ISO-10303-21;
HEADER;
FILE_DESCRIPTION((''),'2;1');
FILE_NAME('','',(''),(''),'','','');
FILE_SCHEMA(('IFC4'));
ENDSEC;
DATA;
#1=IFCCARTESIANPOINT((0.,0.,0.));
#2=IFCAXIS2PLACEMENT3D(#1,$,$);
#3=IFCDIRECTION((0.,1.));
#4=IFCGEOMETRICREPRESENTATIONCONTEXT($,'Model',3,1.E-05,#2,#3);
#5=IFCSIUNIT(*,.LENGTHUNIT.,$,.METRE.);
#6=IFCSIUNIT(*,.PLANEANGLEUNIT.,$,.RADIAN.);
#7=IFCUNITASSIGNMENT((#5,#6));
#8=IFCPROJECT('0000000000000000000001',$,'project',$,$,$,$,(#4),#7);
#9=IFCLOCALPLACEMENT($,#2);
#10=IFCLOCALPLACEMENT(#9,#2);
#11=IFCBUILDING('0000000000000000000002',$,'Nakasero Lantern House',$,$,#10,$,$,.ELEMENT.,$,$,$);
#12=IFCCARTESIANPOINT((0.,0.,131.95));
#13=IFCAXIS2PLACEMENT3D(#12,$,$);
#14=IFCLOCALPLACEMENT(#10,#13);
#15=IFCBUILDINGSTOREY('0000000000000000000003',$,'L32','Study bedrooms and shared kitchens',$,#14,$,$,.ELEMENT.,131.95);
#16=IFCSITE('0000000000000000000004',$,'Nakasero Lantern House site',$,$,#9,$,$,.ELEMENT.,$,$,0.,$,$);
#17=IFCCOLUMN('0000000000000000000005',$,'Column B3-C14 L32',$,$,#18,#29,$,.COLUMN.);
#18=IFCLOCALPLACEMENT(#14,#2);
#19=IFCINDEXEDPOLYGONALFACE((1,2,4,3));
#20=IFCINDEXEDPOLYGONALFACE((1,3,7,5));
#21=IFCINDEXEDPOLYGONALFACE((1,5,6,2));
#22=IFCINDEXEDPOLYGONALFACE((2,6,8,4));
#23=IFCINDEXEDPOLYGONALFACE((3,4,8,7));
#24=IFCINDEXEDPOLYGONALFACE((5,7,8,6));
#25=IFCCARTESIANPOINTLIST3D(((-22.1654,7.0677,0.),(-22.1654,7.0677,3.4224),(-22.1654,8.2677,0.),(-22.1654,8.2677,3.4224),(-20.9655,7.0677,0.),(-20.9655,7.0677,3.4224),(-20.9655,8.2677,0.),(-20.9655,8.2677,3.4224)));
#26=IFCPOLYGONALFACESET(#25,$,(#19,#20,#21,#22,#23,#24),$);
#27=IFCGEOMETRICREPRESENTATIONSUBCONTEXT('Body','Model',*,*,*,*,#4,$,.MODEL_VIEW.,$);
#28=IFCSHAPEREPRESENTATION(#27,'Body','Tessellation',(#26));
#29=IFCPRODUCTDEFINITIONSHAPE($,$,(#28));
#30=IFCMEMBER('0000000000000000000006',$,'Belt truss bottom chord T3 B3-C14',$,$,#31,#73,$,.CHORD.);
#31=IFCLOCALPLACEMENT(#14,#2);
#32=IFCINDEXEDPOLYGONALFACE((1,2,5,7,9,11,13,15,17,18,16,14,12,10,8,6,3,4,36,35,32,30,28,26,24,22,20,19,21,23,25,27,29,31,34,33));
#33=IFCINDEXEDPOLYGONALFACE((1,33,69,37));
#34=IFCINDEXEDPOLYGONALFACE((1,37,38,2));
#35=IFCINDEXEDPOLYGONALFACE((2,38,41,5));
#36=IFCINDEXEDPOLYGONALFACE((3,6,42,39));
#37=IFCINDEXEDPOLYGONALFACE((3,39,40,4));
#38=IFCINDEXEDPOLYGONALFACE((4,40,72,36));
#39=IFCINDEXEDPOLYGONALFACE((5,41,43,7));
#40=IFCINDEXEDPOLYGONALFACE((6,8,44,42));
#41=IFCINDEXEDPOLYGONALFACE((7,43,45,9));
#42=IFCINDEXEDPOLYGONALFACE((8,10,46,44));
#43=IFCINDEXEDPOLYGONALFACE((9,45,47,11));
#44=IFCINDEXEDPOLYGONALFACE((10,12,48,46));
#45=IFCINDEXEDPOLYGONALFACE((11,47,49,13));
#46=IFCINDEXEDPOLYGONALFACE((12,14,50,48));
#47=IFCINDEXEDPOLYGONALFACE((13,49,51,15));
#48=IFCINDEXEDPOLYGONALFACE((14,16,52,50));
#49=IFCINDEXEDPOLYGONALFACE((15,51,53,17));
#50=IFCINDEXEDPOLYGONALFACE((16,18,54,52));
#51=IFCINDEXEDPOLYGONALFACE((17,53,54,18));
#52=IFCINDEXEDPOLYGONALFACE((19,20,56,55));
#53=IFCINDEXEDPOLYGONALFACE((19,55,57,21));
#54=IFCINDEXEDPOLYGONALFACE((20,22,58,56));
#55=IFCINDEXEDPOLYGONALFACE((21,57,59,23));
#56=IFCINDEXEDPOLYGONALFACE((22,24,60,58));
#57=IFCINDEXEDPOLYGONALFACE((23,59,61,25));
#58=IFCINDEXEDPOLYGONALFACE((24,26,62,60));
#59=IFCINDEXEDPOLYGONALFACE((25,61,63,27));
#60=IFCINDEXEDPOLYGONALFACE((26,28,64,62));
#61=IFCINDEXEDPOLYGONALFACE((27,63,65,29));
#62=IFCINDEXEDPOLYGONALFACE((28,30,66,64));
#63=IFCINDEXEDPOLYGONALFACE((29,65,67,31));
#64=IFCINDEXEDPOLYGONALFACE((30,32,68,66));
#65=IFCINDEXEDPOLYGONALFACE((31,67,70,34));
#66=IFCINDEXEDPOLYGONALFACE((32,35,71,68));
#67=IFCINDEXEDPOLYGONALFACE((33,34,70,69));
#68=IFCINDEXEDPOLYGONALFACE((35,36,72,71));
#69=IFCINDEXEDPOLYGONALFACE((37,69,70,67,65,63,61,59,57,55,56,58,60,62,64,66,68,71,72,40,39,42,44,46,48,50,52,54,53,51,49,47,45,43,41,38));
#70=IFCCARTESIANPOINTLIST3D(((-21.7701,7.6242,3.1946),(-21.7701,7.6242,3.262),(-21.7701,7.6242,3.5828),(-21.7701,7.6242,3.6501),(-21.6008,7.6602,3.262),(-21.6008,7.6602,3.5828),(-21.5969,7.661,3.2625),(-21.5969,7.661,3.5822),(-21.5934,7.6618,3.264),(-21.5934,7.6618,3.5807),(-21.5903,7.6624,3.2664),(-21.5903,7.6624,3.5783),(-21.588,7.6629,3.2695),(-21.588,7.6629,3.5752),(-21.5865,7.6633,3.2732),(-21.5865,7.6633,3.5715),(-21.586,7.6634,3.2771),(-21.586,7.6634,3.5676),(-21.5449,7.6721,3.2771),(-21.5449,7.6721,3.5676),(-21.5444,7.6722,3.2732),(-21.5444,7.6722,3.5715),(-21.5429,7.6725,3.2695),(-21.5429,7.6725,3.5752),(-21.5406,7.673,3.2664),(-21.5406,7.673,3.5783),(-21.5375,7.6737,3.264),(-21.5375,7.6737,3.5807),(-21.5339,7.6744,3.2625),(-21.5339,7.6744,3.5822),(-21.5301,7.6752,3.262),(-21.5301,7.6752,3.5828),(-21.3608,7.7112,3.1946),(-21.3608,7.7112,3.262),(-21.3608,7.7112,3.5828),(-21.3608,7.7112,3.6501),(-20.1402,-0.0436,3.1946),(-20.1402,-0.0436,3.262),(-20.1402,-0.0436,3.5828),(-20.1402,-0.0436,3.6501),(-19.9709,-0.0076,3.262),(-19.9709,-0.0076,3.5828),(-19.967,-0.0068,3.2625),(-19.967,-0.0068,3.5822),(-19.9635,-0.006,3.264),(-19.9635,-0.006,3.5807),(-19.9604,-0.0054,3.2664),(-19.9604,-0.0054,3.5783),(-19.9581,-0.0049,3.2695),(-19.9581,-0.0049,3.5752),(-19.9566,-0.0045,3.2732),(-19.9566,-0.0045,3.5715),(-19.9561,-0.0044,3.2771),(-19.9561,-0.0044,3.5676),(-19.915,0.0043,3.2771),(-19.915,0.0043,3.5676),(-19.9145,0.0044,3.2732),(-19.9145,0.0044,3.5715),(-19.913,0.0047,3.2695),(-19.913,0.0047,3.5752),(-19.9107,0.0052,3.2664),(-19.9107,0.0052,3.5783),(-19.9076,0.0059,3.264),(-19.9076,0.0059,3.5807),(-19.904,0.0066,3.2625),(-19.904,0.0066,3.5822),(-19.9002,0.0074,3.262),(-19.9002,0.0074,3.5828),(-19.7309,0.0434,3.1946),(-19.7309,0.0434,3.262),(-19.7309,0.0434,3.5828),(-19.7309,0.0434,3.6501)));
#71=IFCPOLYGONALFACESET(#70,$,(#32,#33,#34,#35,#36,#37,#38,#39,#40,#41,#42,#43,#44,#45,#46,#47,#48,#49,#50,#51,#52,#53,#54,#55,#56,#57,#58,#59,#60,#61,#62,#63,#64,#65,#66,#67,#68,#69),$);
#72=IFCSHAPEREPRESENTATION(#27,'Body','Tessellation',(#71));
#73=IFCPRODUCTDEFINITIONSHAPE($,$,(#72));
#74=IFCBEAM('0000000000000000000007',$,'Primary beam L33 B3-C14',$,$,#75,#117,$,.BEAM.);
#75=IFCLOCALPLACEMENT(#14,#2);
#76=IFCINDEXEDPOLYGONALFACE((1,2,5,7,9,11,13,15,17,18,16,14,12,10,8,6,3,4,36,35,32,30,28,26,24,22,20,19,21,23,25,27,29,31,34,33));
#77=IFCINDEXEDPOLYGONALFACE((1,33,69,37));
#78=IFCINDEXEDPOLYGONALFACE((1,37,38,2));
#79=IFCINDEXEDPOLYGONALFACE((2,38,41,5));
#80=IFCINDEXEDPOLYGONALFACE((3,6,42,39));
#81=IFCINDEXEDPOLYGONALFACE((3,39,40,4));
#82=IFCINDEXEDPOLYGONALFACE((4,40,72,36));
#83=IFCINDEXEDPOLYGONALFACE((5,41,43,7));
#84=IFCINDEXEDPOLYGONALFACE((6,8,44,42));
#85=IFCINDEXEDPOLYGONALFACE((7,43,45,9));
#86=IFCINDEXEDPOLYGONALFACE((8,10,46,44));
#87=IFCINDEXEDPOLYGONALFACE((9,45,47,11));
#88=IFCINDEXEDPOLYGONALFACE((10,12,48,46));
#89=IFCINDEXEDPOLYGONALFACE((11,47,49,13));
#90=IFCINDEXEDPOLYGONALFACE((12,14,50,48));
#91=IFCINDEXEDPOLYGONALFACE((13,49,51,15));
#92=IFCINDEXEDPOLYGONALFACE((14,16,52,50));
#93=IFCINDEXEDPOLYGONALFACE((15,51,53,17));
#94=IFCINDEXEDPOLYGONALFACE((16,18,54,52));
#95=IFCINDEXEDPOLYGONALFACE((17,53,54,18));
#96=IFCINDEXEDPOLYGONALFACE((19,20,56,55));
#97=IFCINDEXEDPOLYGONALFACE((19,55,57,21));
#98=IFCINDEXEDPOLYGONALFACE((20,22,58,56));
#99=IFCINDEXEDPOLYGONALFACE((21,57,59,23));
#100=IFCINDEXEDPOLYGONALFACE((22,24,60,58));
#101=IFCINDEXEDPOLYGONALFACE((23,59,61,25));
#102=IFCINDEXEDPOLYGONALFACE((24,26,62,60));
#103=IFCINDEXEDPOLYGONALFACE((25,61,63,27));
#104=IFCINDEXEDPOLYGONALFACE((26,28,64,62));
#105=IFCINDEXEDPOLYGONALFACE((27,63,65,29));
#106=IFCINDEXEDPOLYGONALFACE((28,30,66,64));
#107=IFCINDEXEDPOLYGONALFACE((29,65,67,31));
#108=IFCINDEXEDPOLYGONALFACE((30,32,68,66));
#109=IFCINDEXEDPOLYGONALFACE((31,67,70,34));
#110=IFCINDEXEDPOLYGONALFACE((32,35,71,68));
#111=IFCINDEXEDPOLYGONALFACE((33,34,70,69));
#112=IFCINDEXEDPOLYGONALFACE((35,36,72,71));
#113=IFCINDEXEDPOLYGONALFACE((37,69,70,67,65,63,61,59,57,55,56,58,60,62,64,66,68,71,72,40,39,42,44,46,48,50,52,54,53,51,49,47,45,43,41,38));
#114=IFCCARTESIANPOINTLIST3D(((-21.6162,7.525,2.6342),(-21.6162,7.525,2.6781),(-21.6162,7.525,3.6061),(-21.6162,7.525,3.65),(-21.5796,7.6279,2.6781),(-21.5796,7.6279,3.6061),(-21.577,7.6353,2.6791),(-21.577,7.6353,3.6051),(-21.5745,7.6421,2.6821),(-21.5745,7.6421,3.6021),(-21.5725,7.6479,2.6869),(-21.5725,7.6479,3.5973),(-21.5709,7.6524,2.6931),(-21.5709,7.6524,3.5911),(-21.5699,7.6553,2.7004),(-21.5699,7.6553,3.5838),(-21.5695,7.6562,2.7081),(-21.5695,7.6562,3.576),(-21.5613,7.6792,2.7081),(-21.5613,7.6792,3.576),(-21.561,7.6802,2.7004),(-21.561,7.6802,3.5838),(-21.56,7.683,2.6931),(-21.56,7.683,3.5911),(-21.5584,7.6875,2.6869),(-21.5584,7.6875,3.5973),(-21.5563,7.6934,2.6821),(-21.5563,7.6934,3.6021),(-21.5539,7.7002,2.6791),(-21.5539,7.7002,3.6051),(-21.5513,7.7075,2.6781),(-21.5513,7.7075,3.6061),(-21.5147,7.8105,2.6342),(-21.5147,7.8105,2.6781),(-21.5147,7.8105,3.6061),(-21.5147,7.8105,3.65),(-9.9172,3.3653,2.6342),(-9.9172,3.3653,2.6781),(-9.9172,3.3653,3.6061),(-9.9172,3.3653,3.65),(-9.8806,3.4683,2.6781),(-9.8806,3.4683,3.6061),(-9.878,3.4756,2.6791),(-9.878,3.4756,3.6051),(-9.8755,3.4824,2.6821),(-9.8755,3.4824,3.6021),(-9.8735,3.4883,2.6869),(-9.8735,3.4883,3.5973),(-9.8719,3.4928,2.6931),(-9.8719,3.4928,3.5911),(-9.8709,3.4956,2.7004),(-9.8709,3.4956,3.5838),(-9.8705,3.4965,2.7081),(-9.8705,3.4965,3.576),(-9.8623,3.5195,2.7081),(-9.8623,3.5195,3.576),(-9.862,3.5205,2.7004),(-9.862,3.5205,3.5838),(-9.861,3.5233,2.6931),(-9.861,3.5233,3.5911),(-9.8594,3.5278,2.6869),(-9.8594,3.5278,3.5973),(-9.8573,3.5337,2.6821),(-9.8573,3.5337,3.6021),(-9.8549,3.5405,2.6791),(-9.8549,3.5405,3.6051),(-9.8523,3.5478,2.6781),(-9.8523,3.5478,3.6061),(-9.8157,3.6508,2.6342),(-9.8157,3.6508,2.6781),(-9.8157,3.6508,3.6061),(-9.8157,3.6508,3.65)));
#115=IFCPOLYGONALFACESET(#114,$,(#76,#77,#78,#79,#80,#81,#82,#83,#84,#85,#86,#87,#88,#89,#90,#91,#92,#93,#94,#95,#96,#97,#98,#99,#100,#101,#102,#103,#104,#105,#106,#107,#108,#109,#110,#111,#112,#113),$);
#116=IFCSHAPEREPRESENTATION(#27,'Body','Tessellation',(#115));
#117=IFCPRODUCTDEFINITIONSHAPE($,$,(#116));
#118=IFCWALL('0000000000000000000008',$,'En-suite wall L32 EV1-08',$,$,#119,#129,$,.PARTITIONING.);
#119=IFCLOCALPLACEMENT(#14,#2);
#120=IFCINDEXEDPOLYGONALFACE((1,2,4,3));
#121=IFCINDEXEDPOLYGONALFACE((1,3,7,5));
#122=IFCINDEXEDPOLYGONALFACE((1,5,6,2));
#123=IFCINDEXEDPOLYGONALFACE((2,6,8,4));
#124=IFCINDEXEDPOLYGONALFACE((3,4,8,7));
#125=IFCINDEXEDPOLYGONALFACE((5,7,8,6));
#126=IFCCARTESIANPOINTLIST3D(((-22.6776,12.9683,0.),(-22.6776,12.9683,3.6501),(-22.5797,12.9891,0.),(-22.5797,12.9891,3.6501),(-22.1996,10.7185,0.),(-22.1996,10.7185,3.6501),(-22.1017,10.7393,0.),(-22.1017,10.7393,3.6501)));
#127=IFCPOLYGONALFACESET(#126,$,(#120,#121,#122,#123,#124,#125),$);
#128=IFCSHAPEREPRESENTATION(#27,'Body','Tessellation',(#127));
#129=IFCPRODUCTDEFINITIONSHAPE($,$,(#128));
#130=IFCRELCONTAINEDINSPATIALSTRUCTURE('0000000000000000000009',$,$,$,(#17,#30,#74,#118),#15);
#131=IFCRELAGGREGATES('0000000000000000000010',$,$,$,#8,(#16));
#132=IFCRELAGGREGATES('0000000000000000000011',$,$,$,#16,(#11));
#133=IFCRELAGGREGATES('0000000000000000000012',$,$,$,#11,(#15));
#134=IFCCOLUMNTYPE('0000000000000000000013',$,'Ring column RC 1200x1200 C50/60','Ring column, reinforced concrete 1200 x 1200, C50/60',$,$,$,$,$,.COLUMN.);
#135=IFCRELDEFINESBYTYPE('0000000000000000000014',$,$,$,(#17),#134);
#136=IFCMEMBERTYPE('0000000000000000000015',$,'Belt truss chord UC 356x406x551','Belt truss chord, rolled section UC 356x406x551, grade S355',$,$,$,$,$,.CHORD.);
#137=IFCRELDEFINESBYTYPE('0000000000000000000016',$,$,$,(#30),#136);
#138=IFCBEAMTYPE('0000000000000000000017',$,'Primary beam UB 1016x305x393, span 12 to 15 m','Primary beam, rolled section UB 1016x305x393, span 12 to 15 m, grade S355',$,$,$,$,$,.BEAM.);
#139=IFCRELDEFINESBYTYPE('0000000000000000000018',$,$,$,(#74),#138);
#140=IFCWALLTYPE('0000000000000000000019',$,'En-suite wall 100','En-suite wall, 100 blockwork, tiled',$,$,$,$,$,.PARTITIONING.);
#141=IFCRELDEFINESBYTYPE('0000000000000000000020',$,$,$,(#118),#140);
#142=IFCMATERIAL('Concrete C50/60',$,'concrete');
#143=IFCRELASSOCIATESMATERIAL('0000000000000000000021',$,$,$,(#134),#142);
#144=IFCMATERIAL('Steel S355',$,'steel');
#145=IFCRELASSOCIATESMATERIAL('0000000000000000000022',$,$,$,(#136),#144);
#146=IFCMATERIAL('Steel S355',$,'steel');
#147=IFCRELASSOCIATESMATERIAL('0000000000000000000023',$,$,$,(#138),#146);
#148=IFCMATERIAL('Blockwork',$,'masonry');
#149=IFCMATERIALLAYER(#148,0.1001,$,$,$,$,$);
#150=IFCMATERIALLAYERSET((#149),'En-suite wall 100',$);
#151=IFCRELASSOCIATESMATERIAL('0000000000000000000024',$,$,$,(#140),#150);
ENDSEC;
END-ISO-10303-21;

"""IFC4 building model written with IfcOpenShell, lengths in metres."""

from ifc_helpers import new_model, si_unit, direction, frame, frame_2d, origin, origin_2d, place, context, subcontext, project, spatial, rectangle, i_section, extrude, material, layer, layer_set, material_profile, profile_set, type_object, element, save


model = new_model("IFC4")

# Units and contexts
model_context = context("Model", 3, precision=1e-05, world=origin(), true_north=direction((0.0, 1.0)))
body_context = subcontext(model_context, "Body", "Model", "MODEL_VIEW")
ifc_project = project(units=[si_unit("LENGTHUNIT", "METRE"), si_unit("PLANEANGLEUNIT", "RADIAN")], contexts=[model_context])

# Site, building, storey
site_placement = place(None, origin())
site = spatial("IfcSite", under=ifc_project, at=site_placement, Name="Nakasero Lantern House site", CompositionType="ELEMENT", RefElevation=0.0)
building_placement = place(site_placement, origin())
building = spatial("IfcBuilding", under=site, at=building_placement, Name="Nakasero Lantern House", CompositionType="ELEMENT")
storey_placement = place(building_placement, frame((0.0, 0.0, 131.95)))
storey = spatial("IfcBuildingStorey", under=building, at=storey_placement, Name="L32", Description="Study bedrooms and shared kitchens", CompositionType="ELEMENT", Elevation=131.95)

# Column
ifc_material_1 = material(Name="Concrete C50/60", Category="concrete")
ifc_material_profile_1 = material_profile(ifc_material_1, rectangle(XDim=1.2, YDim=1.2, at=origin_2d()), Name="RC 1200x1200")
ifc_profile_set_1 = profile_set([ifc_material_profile_1], Name="Concrete C50/60")
column_type = type_object("IfcColumnType", Name="Ring column RC 1200x1200 C50/60", Description="Ring column, reinforced concrete 1200 x 1200, C50/60", PredefinedType="COLUMN", material=ifc_profile_set_1)
column_placement = place(storey_placement, frame((-21.5654, 7.6677, 0.0), z_axis=(0.0, 0.0, 1.0), x_axis=(1.0, 0.0, 0.0)))
element("IfcColumn", 1, at=column_placement, inside=storey, type_object=column_type, Name="Column B3-C14 L32", PredefinedType="COLUMN", context=body_context, shape_type="SweptSolid", body=[
    extrude(rectangle(XDim=1.2, YDim=1.2, at=origin_2d()), origin(), (0.0, 0.0, 1.0), 3.4224),
])

# Member
ifc_material_2 = material(Name="Steel S355", Category="steel")
ifc_material_profile_2 = material_profile(ifc_material_2, i_section(OverallWidth=0.4185, OverallDepth=0.4556, WebThickness=0.042, FlangeThickness=0.0674, FilletRadius=0.0151, at=origin_2d()), Name="UC 356x406x551")
ifc_profile_set_2 = profile_set([ifc_material_profile_2], Name="Steel S355")
member_type = type_object("IfcMemberType", Name="Belt truss chord UC 356x406x551", Description="Belt truss chord, rolled section UC 356x406x551, grade S355", PredefinedType="CHORD", material=ifc_profile_set_2)
member_placement = place(storey_placement, frame((-21.5654, 7.6677, 3.4224), z_axis=(0.207919, -0.978146, 0.0), x_axis=(0.978146, 0.207919, 0.0)))
element("IfcMember", 2, at=member_placement, inside=storey, type_object=member_type, Name="Belt truss bottom chord T3 B3-C14", PredefinedType="CHORD", context=body_context, shape_type="SweptSolid", body=[
    extrude(i_section(OverallWidth=0.4185, OverallDepth=0.4556, WebThickness=0.042, FlangeThickness=0.0674, FilletRadius=0.0151, at=origin_2d()), origin(), (0.0, 0.0, 1.0), 7.8391),
])

# Beam
ifc_material_3 = material(Name="Steel S355", Category="steel")
ifc_material_profile_3 = material_profile(ifc_material_3, i_section(OverallWidth=0.303, OverallDepth=1.0159, WebThickness=0.0244, FlangeThickness=0.0439, FilletRadius=0.03, at=origin_2d()), Name="UB 1016x305x393")
ifc_profile_set_3 = profile_set([ifc_material_profile_3], Name="Steel S355")
beam_type = type_object("IfcBeamType", Name="Primary beam UB 1016x305x393, span 12 to 15 m", Description="Primary beam, rolled section UB 1016x305x393, span 12 to 15 m, grade S355", PredefinedType="BEAM", material=ifc_profile_set_3)
beam_placement = place(storey_placement, frame((-21.5654, 7.6677, 3.1421), z_axis=(0.942214, -0.335012, 0.0), x_axis=(0.335012, 0.942214, 0.0)))
element("IfcBeam", 3, at=beam_placement, inside=storey, type_object=beam_type, Name="Primary beam L33 B3-C14", PredefinedType="BEAM", context=body_context, shape_type="SweptSolid", body=[
    extrude(i_section(OverallWidth=0.303, OverallDepth=1.0159, WebThickness=0.0244, FlangeThickness=0.0439, FilletRadius=0.03, at=origin_2d()), origin(), (0.0, 0.0, 1.0), 12.4165),
])

# Wall
ifc_material_4 = material(Name="Blockwork", Category="masonry")
ifc_layer_1 = layer(ifc_material_4, 0.1001)
ifc_layer_set_1 = layer_set([ifc_layer_1], Name="En-suite wall 100")
wall_type_1 = type_object("IfcWallType", Name="En-suite wall 100", Description="En-suite wall, 100 blockwork, tiled", PredefinedType="PARTITIONING", material=ifc_layer_set_1)
wall_1_placement = place(storey_placement, frame((-22.1506, 10.729, 0.0), z_axis=(0.0, 0.0, 1.0), x_axis=(-0.20784, 0.978163, 0.0)))
element("IfcWall", 4, at=wall_1_placement, inside=storey, type_object=wall_type_1, Name="En-suite wall L32 EV1-08", PredefinedType="PARTITIONING", context=body_context, shape_type="SweptSolid", body=[
    extrude(rectangle(XDim=2.3, YDim=0.1001, at=frame_2d((1.1499, 0.0))), origin(), (0.0, 0.0, 1.0), 3.6501),
])

save(model, "model.ifc")
